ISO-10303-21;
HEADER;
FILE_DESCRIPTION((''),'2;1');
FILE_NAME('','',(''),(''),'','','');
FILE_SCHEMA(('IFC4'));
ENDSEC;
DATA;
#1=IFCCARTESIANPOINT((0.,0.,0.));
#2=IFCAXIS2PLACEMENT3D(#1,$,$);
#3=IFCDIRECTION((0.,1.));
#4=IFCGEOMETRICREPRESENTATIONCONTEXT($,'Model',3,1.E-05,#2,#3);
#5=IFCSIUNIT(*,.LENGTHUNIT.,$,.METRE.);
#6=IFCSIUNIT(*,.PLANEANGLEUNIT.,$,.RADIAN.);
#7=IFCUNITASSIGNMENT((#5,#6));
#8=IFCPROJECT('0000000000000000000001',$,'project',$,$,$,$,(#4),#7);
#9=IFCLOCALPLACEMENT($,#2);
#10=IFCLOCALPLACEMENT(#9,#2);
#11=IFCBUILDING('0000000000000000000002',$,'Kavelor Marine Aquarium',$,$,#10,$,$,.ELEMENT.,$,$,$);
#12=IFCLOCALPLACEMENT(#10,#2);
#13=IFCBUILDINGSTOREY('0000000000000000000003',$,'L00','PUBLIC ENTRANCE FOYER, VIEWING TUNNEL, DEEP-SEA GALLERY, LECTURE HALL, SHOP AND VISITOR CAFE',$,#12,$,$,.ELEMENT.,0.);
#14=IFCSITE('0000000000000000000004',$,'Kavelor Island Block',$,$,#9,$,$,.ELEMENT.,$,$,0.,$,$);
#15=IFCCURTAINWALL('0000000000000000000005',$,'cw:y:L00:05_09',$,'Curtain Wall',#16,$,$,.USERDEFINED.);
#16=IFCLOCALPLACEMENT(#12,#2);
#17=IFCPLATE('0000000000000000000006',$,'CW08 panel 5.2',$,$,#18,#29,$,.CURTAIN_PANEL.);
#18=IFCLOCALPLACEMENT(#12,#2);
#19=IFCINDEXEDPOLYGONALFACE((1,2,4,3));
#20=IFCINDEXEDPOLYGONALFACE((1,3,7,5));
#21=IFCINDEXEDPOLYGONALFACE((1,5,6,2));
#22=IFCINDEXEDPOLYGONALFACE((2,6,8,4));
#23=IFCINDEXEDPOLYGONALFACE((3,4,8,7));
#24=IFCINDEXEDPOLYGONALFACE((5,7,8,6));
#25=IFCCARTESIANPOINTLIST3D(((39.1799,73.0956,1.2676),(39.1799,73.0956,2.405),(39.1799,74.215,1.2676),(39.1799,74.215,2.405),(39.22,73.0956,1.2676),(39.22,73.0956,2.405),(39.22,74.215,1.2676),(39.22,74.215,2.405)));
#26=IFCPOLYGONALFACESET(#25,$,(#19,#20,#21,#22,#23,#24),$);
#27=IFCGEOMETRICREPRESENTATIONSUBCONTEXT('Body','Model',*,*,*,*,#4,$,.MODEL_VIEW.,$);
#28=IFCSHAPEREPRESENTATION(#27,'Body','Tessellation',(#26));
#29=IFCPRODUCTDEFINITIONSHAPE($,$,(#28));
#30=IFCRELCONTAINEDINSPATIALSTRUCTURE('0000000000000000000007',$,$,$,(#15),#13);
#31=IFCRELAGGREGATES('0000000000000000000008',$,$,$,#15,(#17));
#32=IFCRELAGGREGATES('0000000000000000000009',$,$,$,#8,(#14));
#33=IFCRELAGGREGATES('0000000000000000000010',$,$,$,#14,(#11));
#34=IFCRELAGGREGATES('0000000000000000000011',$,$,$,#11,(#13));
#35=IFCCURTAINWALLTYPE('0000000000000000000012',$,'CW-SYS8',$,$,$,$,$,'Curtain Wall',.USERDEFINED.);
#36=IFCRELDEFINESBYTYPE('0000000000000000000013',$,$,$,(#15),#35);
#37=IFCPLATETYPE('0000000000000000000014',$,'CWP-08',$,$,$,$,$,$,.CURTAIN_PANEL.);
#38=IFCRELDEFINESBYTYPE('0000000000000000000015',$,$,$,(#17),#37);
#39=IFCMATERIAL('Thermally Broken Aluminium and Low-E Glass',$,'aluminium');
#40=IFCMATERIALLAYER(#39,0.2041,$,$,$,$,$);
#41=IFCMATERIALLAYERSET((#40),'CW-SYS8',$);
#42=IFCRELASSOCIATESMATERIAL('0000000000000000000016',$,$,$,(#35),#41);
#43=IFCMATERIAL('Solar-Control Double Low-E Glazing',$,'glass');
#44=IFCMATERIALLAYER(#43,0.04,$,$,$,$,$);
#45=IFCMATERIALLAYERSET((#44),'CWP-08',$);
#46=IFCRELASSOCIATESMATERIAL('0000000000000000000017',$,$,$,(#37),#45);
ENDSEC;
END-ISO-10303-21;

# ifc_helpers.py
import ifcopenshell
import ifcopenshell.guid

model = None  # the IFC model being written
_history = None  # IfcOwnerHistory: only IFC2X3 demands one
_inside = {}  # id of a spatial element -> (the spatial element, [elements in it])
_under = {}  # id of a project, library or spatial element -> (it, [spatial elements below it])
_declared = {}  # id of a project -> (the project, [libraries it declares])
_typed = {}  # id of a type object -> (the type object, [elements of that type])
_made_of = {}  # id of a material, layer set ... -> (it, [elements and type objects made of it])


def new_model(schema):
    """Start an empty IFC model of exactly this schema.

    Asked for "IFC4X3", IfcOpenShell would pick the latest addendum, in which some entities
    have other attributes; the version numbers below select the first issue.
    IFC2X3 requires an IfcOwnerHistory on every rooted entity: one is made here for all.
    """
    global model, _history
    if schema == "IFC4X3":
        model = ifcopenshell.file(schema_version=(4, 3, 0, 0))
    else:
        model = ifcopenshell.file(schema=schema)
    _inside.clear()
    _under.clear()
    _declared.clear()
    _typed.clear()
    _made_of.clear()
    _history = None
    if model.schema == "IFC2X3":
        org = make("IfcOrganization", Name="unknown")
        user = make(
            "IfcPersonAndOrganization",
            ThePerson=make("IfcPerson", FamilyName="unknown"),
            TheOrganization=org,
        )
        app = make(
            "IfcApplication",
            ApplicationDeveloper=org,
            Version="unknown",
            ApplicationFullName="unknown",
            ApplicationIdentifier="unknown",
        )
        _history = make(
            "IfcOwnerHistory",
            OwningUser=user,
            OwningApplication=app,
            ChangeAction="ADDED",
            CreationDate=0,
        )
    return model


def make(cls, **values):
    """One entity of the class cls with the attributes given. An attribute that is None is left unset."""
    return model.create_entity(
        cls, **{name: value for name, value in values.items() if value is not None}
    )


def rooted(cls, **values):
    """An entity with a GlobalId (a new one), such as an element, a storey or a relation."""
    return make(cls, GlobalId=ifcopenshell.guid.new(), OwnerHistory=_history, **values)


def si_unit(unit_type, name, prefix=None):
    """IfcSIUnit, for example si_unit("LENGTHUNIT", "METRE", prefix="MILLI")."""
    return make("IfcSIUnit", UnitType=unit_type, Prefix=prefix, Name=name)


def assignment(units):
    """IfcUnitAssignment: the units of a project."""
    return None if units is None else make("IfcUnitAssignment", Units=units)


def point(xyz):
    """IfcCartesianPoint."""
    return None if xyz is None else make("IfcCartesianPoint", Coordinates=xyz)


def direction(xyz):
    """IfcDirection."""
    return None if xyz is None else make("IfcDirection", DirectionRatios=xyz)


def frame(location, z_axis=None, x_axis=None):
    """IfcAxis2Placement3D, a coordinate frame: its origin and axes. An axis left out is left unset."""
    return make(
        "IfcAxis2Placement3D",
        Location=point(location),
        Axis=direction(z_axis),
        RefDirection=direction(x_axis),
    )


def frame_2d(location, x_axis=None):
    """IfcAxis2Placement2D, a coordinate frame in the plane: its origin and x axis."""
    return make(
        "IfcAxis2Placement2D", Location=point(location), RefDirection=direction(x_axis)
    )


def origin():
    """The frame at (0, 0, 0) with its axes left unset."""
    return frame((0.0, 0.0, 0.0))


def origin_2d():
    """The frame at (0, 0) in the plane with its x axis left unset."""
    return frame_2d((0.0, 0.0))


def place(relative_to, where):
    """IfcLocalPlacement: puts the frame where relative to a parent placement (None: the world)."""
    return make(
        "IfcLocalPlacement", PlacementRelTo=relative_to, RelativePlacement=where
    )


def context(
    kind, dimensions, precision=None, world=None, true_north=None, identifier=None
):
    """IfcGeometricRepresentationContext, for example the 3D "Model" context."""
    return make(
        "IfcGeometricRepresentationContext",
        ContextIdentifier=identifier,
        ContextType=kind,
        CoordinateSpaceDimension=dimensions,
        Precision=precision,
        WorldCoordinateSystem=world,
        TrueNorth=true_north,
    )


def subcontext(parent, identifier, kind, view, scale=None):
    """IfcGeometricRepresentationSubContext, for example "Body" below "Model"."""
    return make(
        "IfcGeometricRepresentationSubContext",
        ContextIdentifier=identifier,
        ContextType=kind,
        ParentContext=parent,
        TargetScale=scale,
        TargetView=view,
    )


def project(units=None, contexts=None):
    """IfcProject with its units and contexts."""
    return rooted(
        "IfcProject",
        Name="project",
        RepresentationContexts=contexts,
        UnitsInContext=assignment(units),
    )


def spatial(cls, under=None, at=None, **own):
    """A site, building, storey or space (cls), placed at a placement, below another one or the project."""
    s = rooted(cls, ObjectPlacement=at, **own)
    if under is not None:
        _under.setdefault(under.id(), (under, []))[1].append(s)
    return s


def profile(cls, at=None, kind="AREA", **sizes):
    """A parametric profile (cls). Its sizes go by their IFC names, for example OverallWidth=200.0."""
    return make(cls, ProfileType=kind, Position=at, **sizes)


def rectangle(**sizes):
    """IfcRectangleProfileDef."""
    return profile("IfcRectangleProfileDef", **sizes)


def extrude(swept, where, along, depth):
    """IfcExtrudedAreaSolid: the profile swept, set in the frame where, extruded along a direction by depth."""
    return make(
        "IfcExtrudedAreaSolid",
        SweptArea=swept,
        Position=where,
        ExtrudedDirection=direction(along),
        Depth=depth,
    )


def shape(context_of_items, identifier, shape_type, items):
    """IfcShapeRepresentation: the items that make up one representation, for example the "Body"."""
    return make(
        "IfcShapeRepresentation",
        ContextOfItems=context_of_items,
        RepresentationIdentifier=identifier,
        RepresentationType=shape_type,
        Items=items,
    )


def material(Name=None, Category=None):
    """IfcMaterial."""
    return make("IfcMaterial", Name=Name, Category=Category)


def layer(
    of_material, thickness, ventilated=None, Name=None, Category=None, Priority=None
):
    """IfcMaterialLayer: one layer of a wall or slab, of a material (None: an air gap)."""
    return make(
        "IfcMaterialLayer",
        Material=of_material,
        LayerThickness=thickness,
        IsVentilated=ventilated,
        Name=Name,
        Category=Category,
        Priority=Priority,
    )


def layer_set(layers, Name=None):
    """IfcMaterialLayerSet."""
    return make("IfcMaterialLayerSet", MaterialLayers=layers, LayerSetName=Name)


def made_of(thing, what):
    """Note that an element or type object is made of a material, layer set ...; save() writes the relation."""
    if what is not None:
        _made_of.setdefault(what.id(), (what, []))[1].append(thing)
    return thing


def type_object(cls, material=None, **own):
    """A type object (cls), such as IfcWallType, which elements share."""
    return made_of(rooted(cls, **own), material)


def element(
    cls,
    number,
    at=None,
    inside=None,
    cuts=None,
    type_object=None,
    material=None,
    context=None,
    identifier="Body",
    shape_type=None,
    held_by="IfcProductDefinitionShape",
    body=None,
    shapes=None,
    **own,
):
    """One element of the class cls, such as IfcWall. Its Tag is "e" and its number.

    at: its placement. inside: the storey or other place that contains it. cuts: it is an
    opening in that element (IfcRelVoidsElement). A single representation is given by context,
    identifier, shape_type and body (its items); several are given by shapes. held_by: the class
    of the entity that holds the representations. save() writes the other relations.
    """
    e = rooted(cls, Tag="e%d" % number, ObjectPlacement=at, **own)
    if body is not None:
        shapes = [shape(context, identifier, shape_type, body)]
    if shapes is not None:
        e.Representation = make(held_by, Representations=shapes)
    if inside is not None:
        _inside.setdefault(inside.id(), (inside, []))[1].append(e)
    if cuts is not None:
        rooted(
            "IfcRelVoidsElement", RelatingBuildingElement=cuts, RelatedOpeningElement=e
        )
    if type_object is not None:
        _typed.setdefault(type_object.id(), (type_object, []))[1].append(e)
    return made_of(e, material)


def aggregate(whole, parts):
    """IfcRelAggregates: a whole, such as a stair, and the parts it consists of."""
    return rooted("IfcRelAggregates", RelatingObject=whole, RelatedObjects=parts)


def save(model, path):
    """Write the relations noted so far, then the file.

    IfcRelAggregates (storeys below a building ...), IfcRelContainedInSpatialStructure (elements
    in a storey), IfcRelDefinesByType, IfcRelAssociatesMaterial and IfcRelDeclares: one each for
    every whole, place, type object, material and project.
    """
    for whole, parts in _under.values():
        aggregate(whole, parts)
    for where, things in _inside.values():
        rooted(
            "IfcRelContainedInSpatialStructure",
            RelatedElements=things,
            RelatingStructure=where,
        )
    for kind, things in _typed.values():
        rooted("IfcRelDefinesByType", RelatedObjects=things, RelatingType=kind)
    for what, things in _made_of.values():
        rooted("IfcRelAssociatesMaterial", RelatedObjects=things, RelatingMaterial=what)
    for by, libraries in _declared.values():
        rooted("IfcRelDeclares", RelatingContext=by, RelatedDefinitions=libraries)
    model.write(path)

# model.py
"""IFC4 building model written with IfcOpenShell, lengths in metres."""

from ifc_helpers import new_model, si_unit, direction, frame, origin, origin_2d, place, context, subcontext, project, spatial, rectangle, extrude, material, layer, layer_set, type_object, element, aggregate, save


model = new_model("IFC4")

# Units and contexts
model_context = context("Model", 3, precision=1e-05, world=origin(), true_north=direction((0.0, 1.0)))
body_context = subcontext(model_context, "Body", "Model", "MODEL_VIEW")
ifc_project = project(units=[si_unit("LENGTHUNIT", "METRE"), si_unit("PLANEANGLEUNIT", "RADIAN")], contexts=[model_context])

# Site, building, storey
site_placement = place(None, origin())
site = spatial("IfcSite", under=ifc_project, at=site_placement, Name="Kavelor Island Block", CompositionType="ELEMENT", RefElevation=0.0)
building_placement = place(site_placement, origin())
building = spatial("IfcBuilding", under=site, at=building_placement, Name="Kavelor Marine Aquarium", CompositionType="ELEMENT")
storey_placement = place(building_placement, origin())
storey = spatial("IfcBuildingStorey", under=building, at=storey_placement, Name="L00", Description="PUBLIC ENTRANCE FOYER, VIEWING TUNNEL, DEEP-SEA GALLERY, LECTURE HALL, SHOP AND VISITOR CAFE", CompositionType="ELEMENT", Elevation=0.0)

# Curtain wall
ifc_material_1 = material(Name="Thermally Broken Aluminium and Low-E Glass", Category="aluminium")
ifc_layer_1 = layer(ifc_material_1, 0.2041)
ifc_layer_set_1 = layer_set([ifc_layer_1], Name="CW-SYS8")
curtain_wall_type_1 = type_object("IfcCurtainWallType", Name="CW-SYS8", ElementType="Curtain Wall", PredefinedType="USERDEFINED", material=ifc_layer_set_1)
curtain_wall_1_placement = place(storey_placement, origin())
curtain_wall_1 = element("IfcCurtainWall", 1, at=curtain_wall_1_placement, inside=storey, type_object=curtain_wall_type_1, Name="cw:y:L00:05_09", ObjectType="Curtain Wall", PredefinedType="USERDEFINED")

# Plate
ifc_material_2 = material(Name="Solar-Control Double Low-E Glazing", Category="glass")
ifc_layer_2 = layer(ifc_material_2, 0.04)
ifc_layer_set_2 = layer_set([ifc_layer_2], Name="CWP-08")
plate_type = type_object("IfcPlateType", Name="CWP-08", PredefinedType="CURTAIN_PANEL", material=ifc_layer_set_2)
plate_1_placement = place(storey_placement, frame((39.2, 73.6553, 1.2676), z_axis=(0.0, 0.0, 1.0), x_axis=(0.0, 1.0, 0.0)))
plate_1 = element("IfcPlate", 2, at=plate_1_placement, type_object=plate_type, Name="CW08 panel 5.2", PredefinedType="CURTAIN_PANEL", context=body_context, shape_type="SweptSolid", body=[
    extrude(rectangle(XDim=1.1194, YDim=0.04, at=origin_2d()), origin(), (0.0, 0.0, 1.0), 1.1375),
])
aggregate(curtain_wall_1, [plate_1])

save(model, "model.ifc")
